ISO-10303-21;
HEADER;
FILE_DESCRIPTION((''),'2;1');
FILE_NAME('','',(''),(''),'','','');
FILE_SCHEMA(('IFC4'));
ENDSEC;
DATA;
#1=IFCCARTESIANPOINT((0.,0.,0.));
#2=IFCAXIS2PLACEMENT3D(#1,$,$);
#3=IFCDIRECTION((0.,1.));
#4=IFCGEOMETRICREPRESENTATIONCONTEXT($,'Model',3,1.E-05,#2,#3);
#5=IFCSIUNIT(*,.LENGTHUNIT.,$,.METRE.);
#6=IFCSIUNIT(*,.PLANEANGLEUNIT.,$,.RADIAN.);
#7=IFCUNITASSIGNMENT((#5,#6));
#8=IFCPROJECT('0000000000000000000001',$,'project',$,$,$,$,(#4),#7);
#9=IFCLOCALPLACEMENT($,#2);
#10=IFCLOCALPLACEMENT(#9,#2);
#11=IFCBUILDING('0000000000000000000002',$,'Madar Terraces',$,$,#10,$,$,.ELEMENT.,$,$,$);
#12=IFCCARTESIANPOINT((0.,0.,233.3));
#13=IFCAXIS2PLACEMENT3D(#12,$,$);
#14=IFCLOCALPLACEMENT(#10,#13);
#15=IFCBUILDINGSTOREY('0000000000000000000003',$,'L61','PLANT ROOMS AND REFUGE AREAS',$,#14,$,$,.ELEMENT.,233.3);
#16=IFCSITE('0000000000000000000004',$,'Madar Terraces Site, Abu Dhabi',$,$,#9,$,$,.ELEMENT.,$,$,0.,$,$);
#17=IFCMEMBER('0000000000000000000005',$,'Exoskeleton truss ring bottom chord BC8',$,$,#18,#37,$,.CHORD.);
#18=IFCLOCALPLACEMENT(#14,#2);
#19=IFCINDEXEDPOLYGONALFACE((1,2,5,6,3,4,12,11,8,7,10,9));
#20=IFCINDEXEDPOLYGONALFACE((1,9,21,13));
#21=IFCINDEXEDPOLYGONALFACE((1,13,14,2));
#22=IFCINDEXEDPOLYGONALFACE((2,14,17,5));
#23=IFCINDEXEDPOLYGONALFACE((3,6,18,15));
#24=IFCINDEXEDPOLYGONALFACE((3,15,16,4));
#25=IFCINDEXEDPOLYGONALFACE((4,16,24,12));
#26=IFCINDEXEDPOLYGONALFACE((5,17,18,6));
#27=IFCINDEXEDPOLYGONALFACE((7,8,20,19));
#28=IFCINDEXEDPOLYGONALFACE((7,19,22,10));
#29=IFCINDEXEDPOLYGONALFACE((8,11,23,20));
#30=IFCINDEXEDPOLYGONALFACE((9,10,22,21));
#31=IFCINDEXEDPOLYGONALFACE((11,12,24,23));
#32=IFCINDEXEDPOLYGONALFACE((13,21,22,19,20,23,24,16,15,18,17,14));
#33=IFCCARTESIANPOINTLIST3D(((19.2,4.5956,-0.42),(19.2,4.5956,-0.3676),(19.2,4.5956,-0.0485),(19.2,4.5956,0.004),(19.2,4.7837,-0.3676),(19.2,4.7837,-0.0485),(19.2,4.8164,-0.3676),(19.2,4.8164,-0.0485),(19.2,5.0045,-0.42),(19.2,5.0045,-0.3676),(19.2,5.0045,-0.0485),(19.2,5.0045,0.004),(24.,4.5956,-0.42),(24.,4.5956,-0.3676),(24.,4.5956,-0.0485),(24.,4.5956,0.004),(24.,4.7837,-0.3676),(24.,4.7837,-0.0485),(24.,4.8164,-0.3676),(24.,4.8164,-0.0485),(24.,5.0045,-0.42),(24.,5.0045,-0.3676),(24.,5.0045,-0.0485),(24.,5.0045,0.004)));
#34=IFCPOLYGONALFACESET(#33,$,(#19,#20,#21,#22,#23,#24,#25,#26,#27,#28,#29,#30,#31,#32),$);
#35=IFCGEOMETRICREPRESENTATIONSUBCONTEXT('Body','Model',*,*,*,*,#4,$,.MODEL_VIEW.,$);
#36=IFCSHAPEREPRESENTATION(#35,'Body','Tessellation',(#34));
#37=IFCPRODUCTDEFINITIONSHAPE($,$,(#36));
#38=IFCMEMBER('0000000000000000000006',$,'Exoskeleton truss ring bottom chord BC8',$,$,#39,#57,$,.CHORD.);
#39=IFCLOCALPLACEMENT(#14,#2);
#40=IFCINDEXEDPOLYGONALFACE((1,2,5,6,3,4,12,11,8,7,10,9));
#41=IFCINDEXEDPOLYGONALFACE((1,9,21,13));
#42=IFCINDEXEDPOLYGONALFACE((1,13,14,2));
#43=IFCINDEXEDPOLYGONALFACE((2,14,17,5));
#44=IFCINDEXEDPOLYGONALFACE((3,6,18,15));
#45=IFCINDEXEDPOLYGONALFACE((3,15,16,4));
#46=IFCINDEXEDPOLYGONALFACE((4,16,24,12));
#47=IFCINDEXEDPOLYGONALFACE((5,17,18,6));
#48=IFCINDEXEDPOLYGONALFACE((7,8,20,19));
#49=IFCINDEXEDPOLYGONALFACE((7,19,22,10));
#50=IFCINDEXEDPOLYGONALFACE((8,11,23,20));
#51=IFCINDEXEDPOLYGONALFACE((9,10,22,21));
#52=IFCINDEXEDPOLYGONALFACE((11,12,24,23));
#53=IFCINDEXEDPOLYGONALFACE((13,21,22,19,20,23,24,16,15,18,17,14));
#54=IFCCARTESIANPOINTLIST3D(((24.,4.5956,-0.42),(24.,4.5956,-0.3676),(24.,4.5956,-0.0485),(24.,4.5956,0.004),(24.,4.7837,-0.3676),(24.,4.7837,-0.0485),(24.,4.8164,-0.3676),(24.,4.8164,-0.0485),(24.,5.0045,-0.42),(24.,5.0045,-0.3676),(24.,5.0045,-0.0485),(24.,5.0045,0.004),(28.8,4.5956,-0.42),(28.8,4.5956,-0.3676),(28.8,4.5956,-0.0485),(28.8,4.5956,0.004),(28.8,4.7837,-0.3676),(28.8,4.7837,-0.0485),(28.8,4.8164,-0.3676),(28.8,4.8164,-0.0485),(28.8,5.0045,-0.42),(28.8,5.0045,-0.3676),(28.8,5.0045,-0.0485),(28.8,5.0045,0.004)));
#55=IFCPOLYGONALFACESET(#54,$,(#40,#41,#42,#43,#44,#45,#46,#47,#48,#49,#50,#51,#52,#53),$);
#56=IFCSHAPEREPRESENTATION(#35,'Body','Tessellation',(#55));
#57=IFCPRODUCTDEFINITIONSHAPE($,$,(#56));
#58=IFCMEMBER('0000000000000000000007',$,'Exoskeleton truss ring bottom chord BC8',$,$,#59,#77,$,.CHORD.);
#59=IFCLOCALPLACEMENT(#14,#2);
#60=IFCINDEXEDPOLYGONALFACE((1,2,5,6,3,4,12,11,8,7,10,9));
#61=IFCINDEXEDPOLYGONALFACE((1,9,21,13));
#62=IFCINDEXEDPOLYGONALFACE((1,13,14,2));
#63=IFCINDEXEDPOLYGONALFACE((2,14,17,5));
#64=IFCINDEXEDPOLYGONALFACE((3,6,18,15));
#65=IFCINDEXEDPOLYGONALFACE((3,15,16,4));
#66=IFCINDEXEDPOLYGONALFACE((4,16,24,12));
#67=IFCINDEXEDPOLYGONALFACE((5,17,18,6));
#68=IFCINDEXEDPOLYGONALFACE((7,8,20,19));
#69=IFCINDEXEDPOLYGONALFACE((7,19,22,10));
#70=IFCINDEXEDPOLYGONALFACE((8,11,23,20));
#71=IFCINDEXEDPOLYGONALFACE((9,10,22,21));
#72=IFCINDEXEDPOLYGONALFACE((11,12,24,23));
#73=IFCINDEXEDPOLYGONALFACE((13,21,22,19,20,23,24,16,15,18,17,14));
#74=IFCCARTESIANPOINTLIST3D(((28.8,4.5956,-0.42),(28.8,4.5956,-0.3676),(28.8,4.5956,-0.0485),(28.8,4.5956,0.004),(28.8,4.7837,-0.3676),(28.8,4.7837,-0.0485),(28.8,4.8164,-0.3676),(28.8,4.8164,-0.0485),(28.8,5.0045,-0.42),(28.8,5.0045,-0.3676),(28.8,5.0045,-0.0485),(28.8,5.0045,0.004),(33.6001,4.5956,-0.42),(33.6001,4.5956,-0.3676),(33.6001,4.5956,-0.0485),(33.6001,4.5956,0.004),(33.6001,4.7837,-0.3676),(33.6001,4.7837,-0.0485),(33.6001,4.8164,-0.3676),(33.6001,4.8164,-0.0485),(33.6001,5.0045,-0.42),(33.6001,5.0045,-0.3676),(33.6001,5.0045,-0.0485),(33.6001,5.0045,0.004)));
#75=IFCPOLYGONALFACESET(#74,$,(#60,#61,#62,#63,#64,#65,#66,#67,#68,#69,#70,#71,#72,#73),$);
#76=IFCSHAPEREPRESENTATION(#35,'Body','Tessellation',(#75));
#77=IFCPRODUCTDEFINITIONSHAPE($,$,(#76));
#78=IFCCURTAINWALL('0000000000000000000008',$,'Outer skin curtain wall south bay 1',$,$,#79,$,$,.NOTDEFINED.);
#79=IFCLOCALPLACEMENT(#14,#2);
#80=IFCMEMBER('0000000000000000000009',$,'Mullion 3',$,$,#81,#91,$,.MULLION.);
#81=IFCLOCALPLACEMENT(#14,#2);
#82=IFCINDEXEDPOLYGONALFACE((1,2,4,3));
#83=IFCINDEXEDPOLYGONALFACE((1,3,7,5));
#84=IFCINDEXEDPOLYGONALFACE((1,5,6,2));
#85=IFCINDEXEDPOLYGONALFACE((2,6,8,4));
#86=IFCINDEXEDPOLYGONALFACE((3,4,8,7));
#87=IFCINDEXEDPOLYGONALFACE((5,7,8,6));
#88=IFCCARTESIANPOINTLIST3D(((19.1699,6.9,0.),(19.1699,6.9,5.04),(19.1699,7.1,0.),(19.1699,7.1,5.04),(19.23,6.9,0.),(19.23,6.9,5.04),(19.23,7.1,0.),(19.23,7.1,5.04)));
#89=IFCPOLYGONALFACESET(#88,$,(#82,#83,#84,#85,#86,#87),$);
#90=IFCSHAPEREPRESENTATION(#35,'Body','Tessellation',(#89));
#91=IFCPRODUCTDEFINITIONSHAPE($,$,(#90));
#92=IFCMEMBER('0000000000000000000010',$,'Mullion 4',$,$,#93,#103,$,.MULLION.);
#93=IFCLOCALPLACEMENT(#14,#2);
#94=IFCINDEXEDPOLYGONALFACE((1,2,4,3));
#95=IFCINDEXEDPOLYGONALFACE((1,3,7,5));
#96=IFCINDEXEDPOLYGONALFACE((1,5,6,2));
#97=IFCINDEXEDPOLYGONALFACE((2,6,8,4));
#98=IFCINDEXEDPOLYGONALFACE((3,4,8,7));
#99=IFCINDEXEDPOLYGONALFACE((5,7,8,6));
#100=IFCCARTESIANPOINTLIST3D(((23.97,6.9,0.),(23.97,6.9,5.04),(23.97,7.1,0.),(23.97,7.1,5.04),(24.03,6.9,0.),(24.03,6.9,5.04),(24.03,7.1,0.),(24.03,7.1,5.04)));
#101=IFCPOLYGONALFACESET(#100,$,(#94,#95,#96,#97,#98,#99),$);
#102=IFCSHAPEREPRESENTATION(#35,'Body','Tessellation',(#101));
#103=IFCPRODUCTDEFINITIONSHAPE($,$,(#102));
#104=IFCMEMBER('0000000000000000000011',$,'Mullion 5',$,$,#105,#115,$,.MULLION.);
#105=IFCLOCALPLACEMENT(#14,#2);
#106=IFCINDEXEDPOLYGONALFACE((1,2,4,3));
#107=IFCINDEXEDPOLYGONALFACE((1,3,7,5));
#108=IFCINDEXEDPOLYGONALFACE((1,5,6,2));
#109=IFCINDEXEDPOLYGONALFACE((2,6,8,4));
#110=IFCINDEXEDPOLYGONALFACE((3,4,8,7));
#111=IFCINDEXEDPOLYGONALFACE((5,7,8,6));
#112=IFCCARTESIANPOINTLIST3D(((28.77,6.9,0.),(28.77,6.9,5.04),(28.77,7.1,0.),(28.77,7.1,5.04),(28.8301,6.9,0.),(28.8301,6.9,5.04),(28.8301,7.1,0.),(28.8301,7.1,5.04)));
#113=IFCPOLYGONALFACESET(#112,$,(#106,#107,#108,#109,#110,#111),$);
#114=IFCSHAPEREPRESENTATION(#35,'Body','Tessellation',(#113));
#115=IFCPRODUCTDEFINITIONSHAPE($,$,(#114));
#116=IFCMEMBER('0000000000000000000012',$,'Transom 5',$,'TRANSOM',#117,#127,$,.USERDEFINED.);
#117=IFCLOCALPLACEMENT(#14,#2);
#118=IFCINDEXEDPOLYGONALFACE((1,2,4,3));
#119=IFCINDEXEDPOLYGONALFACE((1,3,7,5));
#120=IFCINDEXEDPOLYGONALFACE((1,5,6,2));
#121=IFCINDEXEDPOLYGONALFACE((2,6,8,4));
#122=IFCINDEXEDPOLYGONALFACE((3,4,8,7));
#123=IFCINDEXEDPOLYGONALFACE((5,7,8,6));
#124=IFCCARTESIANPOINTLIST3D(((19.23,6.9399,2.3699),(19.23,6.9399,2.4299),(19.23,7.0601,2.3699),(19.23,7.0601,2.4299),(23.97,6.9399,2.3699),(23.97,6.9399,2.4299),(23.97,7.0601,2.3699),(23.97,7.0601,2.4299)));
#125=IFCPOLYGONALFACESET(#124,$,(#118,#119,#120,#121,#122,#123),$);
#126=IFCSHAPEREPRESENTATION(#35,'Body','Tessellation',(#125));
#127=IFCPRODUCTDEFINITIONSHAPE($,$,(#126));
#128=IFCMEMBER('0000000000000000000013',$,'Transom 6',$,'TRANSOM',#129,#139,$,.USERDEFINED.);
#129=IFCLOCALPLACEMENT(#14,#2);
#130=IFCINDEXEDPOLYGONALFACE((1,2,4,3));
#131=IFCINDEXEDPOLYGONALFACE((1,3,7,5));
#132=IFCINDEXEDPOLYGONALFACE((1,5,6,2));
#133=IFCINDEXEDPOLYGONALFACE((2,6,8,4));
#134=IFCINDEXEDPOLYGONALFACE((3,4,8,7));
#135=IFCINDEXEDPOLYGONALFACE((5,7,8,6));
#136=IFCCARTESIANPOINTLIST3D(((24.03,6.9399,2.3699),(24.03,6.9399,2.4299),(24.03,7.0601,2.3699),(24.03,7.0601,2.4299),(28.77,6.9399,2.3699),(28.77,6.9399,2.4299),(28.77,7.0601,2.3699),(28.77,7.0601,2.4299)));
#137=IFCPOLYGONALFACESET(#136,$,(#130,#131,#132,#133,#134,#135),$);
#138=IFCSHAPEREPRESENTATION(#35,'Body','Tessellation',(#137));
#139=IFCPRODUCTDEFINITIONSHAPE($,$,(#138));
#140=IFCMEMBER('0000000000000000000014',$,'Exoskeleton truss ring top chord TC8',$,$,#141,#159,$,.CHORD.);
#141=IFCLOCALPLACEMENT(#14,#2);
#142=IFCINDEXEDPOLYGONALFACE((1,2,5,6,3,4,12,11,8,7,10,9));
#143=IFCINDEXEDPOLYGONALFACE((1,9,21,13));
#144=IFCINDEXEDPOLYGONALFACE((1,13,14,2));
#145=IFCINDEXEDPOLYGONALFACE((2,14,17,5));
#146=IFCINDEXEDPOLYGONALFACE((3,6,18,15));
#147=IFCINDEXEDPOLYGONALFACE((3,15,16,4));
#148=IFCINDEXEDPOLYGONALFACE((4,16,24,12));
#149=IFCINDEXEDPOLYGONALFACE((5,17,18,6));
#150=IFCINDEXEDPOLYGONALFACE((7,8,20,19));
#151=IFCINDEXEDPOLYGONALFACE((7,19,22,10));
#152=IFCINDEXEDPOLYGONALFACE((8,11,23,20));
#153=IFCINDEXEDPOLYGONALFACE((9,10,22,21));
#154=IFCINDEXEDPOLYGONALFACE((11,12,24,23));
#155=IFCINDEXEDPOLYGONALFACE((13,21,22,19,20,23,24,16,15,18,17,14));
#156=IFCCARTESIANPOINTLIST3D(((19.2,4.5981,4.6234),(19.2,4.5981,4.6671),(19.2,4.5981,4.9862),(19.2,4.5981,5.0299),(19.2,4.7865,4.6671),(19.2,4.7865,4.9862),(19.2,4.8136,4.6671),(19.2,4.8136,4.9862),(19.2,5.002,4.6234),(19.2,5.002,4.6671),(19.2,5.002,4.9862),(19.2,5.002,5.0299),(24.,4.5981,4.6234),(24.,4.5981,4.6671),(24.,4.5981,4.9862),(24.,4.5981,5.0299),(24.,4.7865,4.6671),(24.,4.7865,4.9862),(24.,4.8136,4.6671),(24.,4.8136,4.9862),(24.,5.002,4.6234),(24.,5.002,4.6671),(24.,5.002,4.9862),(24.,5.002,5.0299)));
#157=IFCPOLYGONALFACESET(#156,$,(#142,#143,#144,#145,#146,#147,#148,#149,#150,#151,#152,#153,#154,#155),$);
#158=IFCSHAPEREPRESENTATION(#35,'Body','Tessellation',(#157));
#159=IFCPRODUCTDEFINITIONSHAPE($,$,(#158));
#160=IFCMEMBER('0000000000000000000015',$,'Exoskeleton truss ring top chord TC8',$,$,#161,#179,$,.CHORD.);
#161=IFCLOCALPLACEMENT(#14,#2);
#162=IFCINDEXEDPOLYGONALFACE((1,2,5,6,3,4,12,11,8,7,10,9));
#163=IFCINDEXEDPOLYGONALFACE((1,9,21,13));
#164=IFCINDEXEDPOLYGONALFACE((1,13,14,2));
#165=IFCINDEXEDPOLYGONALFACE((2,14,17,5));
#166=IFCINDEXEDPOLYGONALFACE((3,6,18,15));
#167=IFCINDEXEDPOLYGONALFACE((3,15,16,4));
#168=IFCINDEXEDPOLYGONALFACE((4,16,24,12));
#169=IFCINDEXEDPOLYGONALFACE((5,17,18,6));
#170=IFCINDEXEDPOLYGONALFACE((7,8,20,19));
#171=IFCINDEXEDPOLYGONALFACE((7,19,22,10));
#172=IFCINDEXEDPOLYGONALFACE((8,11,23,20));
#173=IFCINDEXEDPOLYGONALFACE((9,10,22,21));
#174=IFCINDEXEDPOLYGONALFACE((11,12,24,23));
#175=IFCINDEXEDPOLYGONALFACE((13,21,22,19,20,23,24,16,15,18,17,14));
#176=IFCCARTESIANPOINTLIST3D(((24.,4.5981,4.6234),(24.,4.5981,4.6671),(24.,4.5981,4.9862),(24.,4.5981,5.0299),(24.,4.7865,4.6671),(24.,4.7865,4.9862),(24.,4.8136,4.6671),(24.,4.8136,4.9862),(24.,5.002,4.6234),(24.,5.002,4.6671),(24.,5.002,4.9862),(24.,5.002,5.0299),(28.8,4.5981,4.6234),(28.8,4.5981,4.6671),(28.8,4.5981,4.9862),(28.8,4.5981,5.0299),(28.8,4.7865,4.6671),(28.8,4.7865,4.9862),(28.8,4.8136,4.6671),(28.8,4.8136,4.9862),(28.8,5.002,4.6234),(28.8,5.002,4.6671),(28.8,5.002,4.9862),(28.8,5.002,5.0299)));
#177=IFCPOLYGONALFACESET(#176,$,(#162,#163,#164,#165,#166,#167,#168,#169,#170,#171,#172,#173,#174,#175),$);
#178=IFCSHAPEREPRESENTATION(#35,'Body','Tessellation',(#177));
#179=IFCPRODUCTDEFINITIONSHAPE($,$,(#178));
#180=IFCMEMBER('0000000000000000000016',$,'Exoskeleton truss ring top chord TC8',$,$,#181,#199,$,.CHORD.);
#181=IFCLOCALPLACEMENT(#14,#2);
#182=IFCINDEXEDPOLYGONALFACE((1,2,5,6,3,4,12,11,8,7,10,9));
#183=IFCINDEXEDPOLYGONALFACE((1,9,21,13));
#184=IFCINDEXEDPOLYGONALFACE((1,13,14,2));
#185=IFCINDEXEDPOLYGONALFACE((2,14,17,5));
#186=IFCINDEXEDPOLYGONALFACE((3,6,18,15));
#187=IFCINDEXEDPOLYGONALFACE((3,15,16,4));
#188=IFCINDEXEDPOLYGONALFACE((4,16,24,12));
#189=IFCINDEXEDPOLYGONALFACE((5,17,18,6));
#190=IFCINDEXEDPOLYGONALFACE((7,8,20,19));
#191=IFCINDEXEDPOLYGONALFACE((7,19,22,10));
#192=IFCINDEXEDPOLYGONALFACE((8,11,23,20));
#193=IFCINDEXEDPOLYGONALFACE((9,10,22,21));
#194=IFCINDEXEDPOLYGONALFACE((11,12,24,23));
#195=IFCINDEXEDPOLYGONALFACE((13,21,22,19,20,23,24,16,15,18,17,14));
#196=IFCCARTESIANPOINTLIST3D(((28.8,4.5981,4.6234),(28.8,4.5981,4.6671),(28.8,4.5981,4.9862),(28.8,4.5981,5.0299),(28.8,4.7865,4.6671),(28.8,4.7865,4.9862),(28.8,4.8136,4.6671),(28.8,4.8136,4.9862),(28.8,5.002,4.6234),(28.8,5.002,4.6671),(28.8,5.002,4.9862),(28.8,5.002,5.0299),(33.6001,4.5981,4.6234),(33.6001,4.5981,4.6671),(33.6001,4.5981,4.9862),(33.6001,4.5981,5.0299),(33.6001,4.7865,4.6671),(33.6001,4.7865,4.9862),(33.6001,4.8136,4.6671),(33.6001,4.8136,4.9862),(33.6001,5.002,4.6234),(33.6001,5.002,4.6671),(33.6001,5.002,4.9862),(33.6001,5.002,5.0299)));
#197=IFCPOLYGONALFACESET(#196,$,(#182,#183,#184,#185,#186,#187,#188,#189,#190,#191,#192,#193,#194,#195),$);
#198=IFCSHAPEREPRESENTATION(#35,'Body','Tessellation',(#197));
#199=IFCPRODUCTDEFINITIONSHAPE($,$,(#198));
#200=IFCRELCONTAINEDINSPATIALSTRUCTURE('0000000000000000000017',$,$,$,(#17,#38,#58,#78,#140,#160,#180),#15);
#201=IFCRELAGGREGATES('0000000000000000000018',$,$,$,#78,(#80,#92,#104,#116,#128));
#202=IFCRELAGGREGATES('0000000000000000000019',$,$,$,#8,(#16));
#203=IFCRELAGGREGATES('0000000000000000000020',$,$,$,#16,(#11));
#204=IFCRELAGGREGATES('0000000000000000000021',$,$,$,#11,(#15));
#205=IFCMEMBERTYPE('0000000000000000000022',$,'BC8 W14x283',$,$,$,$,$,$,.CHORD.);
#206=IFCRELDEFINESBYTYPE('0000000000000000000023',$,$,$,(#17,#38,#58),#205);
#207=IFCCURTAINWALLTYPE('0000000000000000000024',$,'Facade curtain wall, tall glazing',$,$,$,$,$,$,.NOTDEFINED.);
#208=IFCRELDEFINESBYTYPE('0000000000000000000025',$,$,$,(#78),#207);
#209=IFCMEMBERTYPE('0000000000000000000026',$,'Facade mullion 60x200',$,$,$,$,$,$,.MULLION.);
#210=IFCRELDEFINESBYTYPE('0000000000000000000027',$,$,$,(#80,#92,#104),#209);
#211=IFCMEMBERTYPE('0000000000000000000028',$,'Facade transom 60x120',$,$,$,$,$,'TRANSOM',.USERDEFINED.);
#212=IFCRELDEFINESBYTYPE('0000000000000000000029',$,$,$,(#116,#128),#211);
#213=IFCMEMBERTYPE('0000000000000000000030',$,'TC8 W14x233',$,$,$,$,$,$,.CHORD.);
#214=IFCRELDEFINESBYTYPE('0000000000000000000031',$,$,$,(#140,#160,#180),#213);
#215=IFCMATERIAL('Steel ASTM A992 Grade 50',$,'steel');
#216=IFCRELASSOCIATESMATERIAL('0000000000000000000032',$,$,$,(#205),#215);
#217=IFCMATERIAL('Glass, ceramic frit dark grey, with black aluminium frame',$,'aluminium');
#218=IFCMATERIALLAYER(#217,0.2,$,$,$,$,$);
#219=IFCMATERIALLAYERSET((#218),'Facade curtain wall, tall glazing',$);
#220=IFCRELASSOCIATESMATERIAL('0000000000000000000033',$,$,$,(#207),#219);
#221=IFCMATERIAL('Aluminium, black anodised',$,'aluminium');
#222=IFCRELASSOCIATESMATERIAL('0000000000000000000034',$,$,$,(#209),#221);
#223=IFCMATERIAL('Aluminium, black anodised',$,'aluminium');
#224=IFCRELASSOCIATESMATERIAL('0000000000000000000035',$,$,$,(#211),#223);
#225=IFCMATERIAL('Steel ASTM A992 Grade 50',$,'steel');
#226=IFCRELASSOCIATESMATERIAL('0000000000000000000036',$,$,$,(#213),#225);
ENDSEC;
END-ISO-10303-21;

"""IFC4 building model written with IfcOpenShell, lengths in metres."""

from ifc_helpers import new_model, si_unit, direction, frame, origin, origin_2d, place, context, subcontext, project, spatial, rectangle, i_section, extrude, material, layer, layer_set, material_profile, profile_set, type_object, element, aggregate, save


model = new_model("IFC4")

# Units and contexts
model_context = context("Model", 3, precision=1e-05, world=origin(), true_north=direction((0.0, 1.0)))
body_context = subcontext(model_context, "Body", "Model", "MODEL_VIEW")
ifc_project = project(units=[si_unit("LENGTHUNIT", "METRE"), si_unit("PLANEANGLEUNIT", "RADIAN")], contexts=[model_context])

# Site, building, storey
site_placement = place(None, origin())
site = spatial("IfcSite", under=ifc_project, at=site_placement, Name="Madar Terraces Site, Abu Dhabi", CompositionType="ELEMENT", RefElevation=0.0)
building_placement = place(site_placement, origin())
building = spatial("IfcBuilding", under=site, at=building_placement, Name="Madar Terraces", CompositionType="ELEMENT")
storey_placement = place(building_placement, frame((0.0, 0.0, 233.3)))
storey = spatial("IfcBuildingStorey", under=building, at=storey_placement, Name="L61", Description="PLANT ROOMS AND REFUGE AREAS", CompositionType="ELEMENT", Elevation=233.3)

# Members
ifc_material_1 = material(Name="Steel ASTM A992 Grade 50", Category="steel")
ifc_material_profile_1 = material_profile(ifc_material_1, i_section(OverallWidth=0.4089, OverallDepth=0.4241, WebThickness=0.0327, FlangeThickness=0.0525, at=origin_2d()), Name="W14x283")
ifc_profile_set_1 = profile_set([ifc_material_profile_1], Name="Steel ASTM A992 Grade 50")
member_type_1 = type_object("IfcMemberType", Name="BC8 W14x283", PredefinedType="CHORD", material=ifc_profile_set_1)
for number, where, z_axis, x_axis, name in (
    (1, (19.2, 4.8, -0.208), (1.0, 0.0, 0.0), (0.0, 1.0, 0.0), "Exoskeleton truss ring bottom chord BC8"),
    (2, (24.0, 4.8, -0.208), (1.0, 0.0, 0.0), (0.0, 1.0, 0.0), "Exoskeleton truss ring bottom chord BC8"),
    (3, (28.8, 4.8, -0.208), (1.0, 0.0, 0.0), (0.0, 1.0, 0.0), "Exoskeleton truss ring bottom chord BC8"),
):
    element("IfcMember", number, at=place(storey_placement, frame(where, z_axis=z_axis, x_axis=x_axis)), inside=storey, type_object=member_type_1, Name=name, PredefinedType="CHORD", context=body_context, shape_type="SweptSolid", body=[
        extrude(i_section(OverallWidth=0.4089, OverallDepth=0.4241, WebThickness=0.0327, FlangeThickness=0.0525, at=origin_2d()), origin(), (0.0, 0.0, 1.0), 4.8),
    ])

# Curtain wall, members
ifc_material_2 = material(Name="Glass, ceramic frit dark grey, with black aluminium frame", Category="aluminium")
ifc_layer_1 = layer(ifc_material_2, 0.2)
ifc_layer_set_1 = layer_set([ifc_layer_1], Name="Facade curtain wall, tall glazing")
curtain_wall_type = type_object("IfcCurtainWallType", Name="Facade curtain wall, tall glazing", PredefinedType="NOTDEFINED", material=ifc_layer_set_1)
curtain_wall_placement = place(storey_placement, origin())
curtain_wall = element("IfcCurtainWall", 4, at=curtain_wall_placement, inside=storey, type_object=curtain_wall_type, Name="Outer skin curtain wall south bay 1", PredefinedType="NOTDEFINED")
ifc_material_3 = material(Name="Aluminium, black anodised", Category="aluminium")
ifc_material_profile_2 = material_profile(ifc_material_3, rectangle(XDim=0.2, YDim=0.0601, at=origin_2d()), Name="Facade mullion 60x200")
ifc_profile_set_2 = profile_set([ifc_material_profile_2], Name="Aluminium, black anodised")
member_type_2 = type_object("IfcMemberType", Name="Facade mullion 60x200", PredefinedType="MULLION", material=ifc_profile_set_2)
member_1_placement = place(storey_placement, frame((19.2, 7.0, 0.0), z_axis=(0.0, 0.0, 1.0), x_axis=(0.0, 1.0, 0.0)))
member_1 = element("IfcMember", 5, at=member_1_placement, type_object=member_type_2, Name="Mullion 3", PredefinedType="MULLION", context=body_context, shape_type="SweptSolid", body=[
    extrude(rectangle(XDim=0.2, YDim=0.0601, at=origin_2d()), origin(), (0.0, 0.0, 1.0), 5.04),
])
member_2_placement = place(storey_placement, frame((24.0, 7.0, 0.0), z_axis=(0.0, 0.0, 1.0), x_axis=(0.0, 1.0, 0.0)))
member_2 = element("IfcMember", 6, at=member_2_placement, type_object=member_type_2, Name="Mullion 4", PredefinedType="MULLION", context=body_context, shape_type="SweptSolid", body=[
    extrude(rectangle(XDim=0.2, YDim=0.0601, at=origin_2d()), origin(), (0.0, 0.0, 1.0), 5.04),
])
member_3_placement = place(storey_placement, frame((28.8, 7.0, 0.0), z_axis=(0.0, 0.0, 1.0), x_axis=(0.0, 1.0, 0.0)))
member_3 = element("IfcMember", 7, at=member_3_placement, type_object=member_type_2, Name="Mullion 5", PredefinedType="MULLION", context=body_context, shape_type="SweptSolid", body=[
    extrude(rectangle(XDim=0.2, YDim=0.0601, at=origin_2d()), origin(), (0.0, 0.0, 1.0), 5.04),
])
ifc_material_4 = material(Name="Aluminium, black anodised", Category="aluminium")
ifc_material_profile_3 = material_profile(ifc_material_4, rectangle(XDim=0.1201, YDim=0.0601, at=origin_2d()), Name="Facade transom 60x120")
ifc_profile_set_3 = profile_set([ifc_material_profile_3], Name="Aluminium, black anodised")
member_type_3 = type_object("IfcMemberType", Name="Facade transom 60x120", ElementType="TRANSOM", PredefinedType="USERDEFINED", material=ifc_profile_set_3)
member_4_placement = place(storey_placement, frame((19.23, 7.0, 2.3999), z_axis=(1.0, 0.0, 0.0), x_axis=(0.0, 1.0, 0.0)))
member_4 = element("IfcMember", 8, at=member_4_placement, type_object=member_type_3, Name="Transom 5", ObjectType="TRANSOM", PredefinedType="USERDEFINED", context=body_context, shape_type="SweptSolid", body=[
    extrude(rectangle(XDim=0.1201, YDim=0.0601, at=origin_2d()), origin(), (0.0, 0.0, 1.0), 4.74),
])
member_5_placement = place(storey_placement, frame((24.03, 7.0, 2.3999), z_axis=(1.0, 0.0, 0.0), x_axis=(0.0, 1.0, 0.0)))
member_5 = element("IfcMember", 9, at=member_5_placement, type_object=member_type_3, Name="Transom 6", ObjectType="TRANSOM", PredefinedType="USERDEFINED", context=body_context, shape_type="SweptSolid", body=[
    extrude(rectangle(XDim=0.1201, YDim=0.0601, at=origin_2d()), origin(), (0.0, 0.0, 1.0), 4.74),
])

# Members
ifc_material_5 = material(Name="Steel ASTM A992 Grade 50", Category="steel")
ifc_material_profile_4 = material_profile(ifc_material_5, i_section(OverallWidth=0.4038, OverallDepth=0.4065, WebThickness=0.0271, FlangeThickness=0.0437, at=origin_2d()), Name="W14x233")
ifc_profile_set_4 = profile_set([ifc_material_profile_4], Name="Steel ASTM A992 Grade 50")
member_type_4 = type_object("IfcMemberType", Name="TC8 W14x233", PredefinedType="CHORD", material=ifc_profile_set_4)
for number, where, z_axis, x_axis, name in (
    (10, (19.2, 4.8, 4.8267), (1.0, 0.0, 0.0), (0.0, 1.0, 0.0), "Exoskeleton truss ring top chord TC8"),
    (11, (24.0, 4.8, 4.8267), (1.0, 0.0, 0.0), (0.0, 1.0, 0.0), "Exoskeleton truss ring top chord TC8"),
    (12, (28.8, 4.8, 4.8267), (1.0, 0.0, 0.0), (0.0, 1.0, 0.0), "Exoskeleton truss ring top chord TC8"),
):
    element("IfcMember", number, at=place(storey_placement, frame(where, z_axis=z_axis, x_axis=x_axis)), inside=storey, type_object=member_type_4, Name=name, PredefinedType="CHORD", context=body_context, shape_type="SweptSolid", body=[
        extrude(i_section(OverallWidth=0.4038, OverallDepth=0.4065, WebThickness=0.0271, FlangeThickness=0.0437, at=origin_2d()), origin(), (0.0, 0.0, 1.0), 4.8),
    ])

aggregate(curtain_wall, [member_1, member_2, member_3, member_4, member_5])

save(model, "model.ifc")
